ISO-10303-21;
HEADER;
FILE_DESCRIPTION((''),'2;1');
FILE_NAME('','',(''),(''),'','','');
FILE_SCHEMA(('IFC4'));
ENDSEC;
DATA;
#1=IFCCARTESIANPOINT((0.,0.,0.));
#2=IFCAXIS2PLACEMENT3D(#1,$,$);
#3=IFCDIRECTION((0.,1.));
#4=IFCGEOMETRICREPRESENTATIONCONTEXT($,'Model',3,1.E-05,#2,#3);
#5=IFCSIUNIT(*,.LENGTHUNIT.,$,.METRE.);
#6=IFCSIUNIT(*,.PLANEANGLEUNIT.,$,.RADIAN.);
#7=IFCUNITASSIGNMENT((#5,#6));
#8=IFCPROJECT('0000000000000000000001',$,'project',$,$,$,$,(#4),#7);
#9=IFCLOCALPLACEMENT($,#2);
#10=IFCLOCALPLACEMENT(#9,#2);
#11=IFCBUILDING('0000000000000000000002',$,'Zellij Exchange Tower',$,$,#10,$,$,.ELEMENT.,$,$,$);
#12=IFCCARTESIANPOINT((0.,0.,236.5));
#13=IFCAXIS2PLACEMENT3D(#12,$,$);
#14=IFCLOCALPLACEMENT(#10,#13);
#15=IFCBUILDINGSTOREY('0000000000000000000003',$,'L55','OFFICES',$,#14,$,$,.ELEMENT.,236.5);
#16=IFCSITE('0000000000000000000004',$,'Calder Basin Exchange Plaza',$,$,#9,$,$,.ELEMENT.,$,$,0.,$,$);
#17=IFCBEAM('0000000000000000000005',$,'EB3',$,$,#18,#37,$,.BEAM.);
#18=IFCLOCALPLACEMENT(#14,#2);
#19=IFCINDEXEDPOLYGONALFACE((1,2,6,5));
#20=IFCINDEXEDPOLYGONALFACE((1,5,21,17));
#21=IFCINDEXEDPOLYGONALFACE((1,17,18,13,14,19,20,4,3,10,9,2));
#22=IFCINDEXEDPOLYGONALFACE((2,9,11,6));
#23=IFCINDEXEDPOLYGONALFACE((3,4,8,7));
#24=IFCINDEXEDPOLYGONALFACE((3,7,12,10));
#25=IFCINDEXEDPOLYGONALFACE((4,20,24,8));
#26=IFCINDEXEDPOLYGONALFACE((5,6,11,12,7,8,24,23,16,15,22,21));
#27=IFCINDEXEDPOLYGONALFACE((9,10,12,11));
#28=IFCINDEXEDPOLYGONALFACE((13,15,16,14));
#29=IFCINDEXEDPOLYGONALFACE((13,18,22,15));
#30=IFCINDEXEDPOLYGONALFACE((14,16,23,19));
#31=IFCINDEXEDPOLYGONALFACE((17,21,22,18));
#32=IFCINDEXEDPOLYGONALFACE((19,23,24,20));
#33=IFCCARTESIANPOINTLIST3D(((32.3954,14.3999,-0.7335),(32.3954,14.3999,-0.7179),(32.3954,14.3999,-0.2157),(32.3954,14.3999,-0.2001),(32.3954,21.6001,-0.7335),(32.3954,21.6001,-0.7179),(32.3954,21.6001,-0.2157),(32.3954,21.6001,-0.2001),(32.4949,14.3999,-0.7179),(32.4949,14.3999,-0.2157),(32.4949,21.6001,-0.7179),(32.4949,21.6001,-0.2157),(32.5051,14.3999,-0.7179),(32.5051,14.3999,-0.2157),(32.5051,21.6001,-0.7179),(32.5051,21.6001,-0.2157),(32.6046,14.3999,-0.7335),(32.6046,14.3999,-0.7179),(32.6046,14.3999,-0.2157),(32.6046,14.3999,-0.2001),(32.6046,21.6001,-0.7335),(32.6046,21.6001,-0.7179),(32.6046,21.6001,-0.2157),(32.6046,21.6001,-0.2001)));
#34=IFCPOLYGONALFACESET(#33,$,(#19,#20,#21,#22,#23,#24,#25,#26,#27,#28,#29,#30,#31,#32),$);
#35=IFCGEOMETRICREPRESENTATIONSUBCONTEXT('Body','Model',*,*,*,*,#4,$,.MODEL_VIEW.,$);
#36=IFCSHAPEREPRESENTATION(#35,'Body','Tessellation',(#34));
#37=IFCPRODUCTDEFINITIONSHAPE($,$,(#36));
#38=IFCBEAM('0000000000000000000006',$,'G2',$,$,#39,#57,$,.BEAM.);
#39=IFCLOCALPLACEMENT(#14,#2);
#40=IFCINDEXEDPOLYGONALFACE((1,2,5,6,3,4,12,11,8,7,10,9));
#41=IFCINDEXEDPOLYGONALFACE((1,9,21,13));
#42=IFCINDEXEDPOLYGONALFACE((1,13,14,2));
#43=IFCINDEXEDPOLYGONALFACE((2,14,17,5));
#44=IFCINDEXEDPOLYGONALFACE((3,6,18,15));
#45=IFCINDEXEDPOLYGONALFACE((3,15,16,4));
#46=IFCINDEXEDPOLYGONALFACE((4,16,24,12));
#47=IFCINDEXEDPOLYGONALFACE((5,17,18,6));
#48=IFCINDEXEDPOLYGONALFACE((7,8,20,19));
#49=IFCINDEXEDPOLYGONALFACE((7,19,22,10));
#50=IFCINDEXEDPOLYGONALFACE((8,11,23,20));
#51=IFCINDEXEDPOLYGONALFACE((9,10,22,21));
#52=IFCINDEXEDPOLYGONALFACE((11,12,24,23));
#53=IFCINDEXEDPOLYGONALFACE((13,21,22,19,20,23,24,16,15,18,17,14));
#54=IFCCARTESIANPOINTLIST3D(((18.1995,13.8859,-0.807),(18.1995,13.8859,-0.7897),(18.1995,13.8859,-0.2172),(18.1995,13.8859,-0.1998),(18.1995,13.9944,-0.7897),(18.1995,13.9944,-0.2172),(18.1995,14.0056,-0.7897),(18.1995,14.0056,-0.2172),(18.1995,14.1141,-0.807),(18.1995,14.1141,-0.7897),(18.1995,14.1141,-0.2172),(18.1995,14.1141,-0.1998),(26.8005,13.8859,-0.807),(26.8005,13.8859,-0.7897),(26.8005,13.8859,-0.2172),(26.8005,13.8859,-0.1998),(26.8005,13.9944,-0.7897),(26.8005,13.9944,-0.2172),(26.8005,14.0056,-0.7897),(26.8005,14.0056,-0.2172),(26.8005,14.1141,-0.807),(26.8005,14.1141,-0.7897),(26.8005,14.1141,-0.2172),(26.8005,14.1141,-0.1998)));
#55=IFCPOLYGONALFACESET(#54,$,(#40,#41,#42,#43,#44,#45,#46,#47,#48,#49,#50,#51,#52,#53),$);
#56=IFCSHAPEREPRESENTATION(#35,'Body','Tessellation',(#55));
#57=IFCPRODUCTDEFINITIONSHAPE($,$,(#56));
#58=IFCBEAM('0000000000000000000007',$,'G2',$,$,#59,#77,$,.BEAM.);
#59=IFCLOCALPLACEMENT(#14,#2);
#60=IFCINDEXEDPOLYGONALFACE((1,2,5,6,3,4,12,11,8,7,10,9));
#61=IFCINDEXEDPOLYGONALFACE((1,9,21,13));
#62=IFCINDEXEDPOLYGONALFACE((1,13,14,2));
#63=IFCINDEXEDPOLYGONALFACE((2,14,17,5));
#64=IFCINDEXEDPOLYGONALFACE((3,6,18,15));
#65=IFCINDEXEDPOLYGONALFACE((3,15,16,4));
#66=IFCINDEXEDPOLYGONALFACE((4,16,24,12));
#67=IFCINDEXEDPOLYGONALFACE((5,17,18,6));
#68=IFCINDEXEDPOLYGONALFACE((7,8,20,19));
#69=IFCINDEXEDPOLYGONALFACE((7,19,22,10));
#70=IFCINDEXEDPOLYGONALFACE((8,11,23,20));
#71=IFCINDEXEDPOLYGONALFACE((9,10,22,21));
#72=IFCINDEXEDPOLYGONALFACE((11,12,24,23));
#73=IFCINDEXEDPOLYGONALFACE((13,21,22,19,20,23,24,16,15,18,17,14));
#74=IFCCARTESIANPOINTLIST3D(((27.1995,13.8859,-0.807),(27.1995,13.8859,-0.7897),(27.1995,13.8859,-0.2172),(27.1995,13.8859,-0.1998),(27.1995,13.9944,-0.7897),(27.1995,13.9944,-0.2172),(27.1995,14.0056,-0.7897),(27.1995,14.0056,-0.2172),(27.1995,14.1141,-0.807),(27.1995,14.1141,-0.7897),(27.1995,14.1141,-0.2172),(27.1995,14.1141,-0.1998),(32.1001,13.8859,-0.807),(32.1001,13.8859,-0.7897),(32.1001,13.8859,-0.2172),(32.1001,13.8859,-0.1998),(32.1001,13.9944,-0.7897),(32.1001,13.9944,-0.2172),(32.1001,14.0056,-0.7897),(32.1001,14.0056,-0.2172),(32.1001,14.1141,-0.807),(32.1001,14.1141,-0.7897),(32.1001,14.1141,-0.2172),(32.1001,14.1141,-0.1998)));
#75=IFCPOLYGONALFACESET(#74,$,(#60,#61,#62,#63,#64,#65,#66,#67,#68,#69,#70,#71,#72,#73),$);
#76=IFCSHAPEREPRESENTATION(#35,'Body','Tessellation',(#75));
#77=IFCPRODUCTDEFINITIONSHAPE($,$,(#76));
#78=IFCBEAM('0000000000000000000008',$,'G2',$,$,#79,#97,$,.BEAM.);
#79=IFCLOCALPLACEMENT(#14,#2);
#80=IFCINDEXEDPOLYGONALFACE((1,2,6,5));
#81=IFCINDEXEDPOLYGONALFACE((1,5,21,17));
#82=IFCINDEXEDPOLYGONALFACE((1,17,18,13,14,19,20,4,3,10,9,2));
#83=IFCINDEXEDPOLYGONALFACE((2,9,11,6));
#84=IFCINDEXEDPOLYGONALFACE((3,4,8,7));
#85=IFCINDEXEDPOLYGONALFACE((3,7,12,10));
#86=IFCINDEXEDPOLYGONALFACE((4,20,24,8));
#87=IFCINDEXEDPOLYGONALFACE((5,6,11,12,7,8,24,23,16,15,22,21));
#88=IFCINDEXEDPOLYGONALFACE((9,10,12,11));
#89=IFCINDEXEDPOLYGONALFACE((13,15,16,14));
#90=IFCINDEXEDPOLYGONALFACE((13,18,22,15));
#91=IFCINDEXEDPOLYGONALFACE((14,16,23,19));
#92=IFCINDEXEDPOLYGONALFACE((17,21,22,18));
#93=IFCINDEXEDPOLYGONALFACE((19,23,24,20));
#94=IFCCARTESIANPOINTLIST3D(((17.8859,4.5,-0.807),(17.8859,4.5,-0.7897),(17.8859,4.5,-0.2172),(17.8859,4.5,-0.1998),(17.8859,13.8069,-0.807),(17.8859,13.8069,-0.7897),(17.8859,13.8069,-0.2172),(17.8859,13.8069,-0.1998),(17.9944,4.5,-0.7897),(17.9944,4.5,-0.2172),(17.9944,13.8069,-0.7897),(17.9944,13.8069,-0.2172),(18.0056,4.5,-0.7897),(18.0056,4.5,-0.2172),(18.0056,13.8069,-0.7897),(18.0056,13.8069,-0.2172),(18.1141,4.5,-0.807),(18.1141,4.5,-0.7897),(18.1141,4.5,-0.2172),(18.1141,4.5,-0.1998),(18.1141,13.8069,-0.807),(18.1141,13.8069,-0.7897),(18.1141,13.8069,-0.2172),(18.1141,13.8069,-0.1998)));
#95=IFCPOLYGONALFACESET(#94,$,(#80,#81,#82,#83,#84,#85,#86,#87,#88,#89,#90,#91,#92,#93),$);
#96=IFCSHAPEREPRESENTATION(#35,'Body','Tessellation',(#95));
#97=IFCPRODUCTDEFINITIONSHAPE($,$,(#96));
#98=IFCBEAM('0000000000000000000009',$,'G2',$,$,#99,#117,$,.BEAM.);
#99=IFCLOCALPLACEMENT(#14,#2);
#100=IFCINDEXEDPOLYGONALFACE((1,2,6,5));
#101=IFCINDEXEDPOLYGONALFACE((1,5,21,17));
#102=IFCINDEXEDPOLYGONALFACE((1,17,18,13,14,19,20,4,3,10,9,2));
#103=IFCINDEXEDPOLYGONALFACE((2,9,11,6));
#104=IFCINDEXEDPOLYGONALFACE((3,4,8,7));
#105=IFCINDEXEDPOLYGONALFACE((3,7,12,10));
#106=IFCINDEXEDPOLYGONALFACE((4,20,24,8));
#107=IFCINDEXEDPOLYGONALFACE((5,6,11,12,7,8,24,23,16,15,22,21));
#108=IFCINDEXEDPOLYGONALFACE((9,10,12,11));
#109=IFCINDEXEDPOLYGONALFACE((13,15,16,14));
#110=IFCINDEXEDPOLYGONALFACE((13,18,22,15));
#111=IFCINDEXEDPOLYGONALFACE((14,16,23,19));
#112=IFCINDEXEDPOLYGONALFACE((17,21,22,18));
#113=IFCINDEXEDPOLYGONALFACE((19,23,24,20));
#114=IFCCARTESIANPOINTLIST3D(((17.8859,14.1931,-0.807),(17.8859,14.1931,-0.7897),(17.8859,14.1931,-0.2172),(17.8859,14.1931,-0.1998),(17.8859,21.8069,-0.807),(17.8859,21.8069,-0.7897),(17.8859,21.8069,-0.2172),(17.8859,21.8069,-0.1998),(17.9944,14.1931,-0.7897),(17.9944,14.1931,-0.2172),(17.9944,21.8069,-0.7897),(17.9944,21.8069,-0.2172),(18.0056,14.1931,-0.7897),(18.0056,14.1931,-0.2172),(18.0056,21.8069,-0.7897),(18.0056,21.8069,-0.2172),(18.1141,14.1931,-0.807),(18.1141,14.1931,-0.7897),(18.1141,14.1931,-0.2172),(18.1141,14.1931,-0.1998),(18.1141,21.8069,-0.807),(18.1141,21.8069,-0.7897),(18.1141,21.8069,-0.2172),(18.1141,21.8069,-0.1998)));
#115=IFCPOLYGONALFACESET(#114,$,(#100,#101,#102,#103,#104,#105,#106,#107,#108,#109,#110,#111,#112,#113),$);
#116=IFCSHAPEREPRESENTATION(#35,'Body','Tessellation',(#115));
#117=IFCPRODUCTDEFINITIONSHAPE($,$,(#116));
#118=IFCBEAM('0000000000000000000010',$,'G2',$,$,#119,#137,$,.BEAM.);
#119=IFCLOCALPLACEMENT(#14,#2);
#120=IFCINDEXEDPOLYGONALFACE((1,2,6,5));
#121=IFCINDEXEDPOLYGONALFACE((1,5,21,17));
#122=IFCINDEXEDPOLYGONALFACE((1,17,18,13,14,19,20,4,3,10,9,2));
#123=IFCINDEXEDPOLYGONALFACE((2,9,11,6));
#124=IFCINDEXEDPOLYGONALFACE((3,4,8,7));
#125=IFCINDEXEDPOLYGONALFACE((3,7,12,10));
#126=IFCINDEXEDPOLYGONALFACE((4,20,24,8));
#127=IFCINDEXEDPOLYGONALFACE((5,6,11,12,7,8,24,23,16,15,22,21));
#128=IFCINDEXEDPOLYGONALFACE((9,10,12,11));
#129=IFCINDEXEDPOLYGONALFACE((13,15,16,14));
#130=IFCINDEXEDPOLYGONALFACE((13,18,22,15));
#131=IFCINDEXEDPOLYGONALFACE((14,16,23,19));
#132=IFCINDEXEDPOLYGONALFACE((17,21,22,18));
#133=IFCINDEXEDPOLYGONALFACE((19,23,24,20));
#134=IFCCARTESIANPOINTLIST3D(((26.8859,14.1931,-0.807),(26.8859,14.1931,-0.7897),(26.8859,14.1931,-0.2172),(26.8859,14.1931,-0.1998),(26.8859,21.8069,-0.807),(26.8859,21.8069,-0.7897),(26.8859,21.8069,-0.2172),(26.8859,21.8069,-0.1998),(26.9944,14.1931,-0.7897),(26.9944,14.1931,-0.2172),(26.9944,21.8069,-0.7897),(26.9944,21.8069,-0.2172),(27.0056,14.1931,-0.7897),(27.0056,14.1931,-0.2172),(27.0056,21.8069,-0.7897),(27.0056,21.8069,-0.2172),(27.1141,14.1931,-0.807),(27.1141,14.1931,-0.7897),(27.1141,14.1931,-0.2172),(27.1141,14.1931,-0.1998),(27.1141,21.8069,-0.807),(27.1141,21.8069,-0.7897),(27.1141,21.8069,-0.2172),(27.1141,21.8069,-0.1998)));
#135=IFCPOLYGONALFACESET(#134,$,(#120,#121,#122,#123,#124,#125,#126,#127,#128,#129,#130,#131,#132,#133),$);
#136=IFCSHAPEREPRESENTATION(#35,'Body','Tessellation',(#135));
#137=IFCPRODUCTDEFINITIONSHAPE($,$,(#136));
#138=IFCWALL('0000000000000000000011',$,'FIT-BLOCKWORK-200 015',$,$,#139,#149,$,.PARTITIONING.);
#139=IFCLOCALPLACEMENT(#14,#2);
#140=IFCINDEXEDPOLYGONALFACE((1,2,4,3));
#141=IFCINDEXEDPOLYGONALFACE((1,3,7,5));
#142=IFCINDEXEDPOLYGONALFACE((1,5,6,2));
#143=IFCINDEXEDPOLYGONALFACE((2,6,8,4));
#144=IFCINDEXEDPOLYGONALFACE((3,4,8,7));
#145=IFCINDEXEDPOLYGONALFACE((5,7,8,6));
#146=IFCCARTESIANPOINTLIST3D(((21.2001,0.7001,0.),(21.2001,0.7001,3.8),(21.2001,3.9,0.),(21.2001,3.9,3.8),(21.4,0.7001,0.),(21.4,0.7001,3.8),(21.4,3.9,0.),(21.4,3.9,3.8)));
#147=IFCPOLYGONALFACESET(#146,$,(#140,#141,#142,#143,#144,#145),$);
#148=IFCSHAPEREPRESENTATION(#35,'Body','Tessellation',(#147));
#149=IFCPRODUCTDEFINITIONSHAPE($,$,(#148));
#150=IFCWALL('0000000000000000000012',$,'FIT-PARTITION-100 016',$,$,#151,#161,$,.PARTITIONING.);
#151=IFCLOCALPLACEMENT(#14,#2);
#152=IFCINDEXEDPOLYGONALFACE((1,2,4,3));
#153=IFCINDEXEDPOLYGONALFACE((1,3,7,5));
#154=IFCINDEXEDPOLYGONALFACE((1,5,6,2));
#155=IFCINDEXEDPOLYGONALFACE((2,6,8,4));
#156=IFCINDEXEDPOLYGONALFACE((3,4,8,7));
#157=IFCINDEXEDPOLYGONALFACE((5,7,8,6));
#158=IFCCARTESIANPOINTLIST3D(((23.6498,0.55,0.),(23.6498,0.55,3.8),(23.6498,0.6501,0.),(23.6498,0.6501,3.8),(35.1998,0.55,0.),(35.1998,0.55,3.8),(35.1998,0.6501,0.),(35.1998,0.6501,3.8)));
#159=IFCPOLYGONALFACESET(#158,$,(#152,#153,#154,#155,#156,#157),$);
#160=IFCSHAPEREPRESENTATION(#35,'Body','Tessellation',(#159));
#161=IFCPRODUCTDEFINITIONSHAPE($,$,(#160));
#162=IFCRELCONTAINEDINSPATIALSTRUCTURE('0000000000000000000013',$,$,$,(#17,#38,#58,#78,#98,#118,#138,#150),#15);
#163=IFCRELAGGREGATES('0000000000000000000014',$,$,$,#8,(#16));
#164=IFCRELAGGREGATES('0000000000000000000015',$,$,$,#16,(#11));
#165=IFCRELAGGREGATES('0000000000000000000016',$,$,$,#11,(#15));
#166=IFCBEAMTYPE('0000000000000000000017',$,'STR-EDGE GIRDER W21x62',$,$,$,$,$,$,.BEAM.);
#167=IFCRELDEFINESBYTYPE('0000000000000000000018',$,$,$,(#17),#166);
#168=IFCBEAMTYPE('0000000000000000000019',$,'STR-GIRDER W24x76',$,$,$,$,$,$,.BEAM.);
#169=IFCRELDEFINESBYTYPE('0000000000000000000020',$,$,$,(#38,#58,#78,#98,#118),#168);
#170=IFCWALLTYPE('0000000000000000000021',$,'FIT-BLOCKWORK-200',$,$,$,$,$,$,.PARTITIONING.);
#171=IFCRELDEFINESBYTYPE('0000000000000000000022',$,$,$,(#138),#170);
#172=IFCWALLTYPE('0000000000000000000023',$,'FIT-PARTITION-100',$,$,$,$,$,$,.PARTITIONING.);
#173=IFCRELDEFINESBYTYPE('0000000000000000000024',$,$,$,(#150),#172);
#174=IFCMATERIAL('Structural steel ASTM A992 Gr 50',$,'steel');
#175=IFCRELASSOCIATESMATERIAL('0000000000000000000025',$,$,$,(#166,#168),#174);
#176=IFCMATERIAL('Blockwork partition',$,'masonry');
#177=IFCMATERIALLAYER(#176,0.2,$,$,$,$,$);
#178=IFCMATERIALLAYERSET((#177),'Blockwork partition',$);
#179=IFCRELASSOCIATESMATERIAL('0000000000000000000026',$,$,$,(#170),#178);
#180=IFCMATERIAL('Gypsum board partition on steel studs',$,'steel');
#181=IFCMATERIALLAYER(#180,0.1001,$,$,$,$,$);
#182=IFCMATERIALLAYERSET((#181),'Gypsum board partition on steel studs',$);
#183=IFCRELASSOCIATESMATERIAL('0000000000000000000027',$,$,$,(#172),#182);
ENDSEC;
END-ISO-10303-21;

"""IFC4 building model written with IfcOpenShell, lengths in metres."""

from ifc_helpers import new_model, si_unit, direction, frame, frame_2d, origin, origin_2d, place, context, subcontext, project, spatial, rectangle, i_section, extrude, material, layer, layer_set, material_profile, profile_set, type_object, element, save


model = new_model("IFC4")

# Units and contexts
model_context = context("Model", 3, precision=1e-05, world=origin(), true_north=direction((0.0, 1.0)))
body_context = subcontext(model_context, "Body", "Model", "MODEL_VIEW")
ifc_project = project(units=[si_unit("LENGTHUNIT", "METRE"), si_unit("PLANEANGLEUNIT", "RADIAN")], contexts=[model_context])

# Site, building, storey
site_placement = place(None, origin())
site = spatial("IfcSite", under=ifc_project, at=site_placement, Name="Calder Basin Exchange Plaza", CompositionType="ELEMENT", RefElevation=0.0)
building_placement = place(site_placement, origin())
building = spatial("IfcBuilding", under=site, at=building_placement, Name="Zellij Exchange Tower", CompositionType="ELEMENT")
storey_placement = place(building_placement, frame((0.0, 0.0, 236.5)))
storey = spatial("IfcBuildingStorey", under=building, at=storey_placement, Name="L55", Description="OFFICES", CompositionType="ELEMENT", Elevation=236.5)

# Shared definitions
ifc_material_1 = material(Name="Structural steel ASTM A992 Gr 50", Category="steel")

# Beams
ifc_material_profile_1 = material_profile(ifc_material_1, i_section(OverallWidth=0.2092, OverallDepth=0.5334, WebThickness=0.0103, FlangeThickness=0.0156, at=origin_2d()), Name="W21x62")
ifc_profile_set_1 = profile_set([ifc_material_profile_1], Name="Structural steel ASTM A992 Gr 50")
beam_type_1 = type_object("IfcBeamType", Name="STR-EDGE GIRDER W21x62", PredefinedType="BEAM", material=ifc_profile_set_1)
beam_1_placement = place(storey_placement, frame((32.5, 14.3999, -0.4668), z_axis=(0.0, 1.0, 0.0), x_axis=(-1.0, 0.0, 0.0)))
element("IfcBeam", 1, at=beam_1_placement, inside=storey, type_object=beam_type_1, Name="EB3", PredefinedType="BEAM", context=body_context, shape_type="SweptSolid", body=[
    extrude(i_section(OverallWidth=0.2092, OverallDepth=0.5334, WebThickness=0.0103, FlangeThickness=0.0156, at=origin_2d()), origin(), (0.0, 0.0, 1.0), 7.2002),
])
ifc_material_profile_2 = material_profile(ifc_material_1, i_section(OverallWidth=0.2283, OverallDepth=0.6072, WebThickness=0.0112, FlangeThickness=0.0173, at=origin_2d()), Name="W24x76")
ifc_profile_set_2 = profile_set([ifc_material_profile_2], Name="Structural steel ASTM A992 Gr 50")
beam_type_2 = type_object("IfcBeamType", Name="STR-GIRDER W24x76", PredefinedType="BEAM", material=ifc_profile_set_2)
beam_2_placement = place(storey_placement, frame((18.1995, 14.0, -0.5034), z_axis=(1.0, 0.0, 0.0), x_axis=(0.0, 1.0, 0.0)))
element("IfcBeam", 2, at=beam_2_placement, inside=storey, type_object=beam_type_2, Name="G2", PredefinedType="BEAM", context=body_context, shape_type="SweptSolid", body=[
    extrude(i_section(OverallWidth=0.2283, OverallDepth=0.6072, WebThickness=0.0112, FlangeThickness=0.0173, at=origin_2d()), origin(), (0.0, 0.0, 1.0), 8.6011),
])
beam_3_placement = place(storey_placement, frame((27.1995, 14.0, -0.5034), z_axis=(1.0, 0.0, 0.0), x_axis=(0.0, 1.0, 0.0)))
element("IfcBeam", 3, at=beam_3_placement, inside=storey, type_object=beam_type_2, Name="G2", PredefinedType="BEAM", context=body_context, shape_type="SweptSolid", body=[
    extrude(i_section(OverallWidth=0.2283, OverallDepth=0.6072, WebThickness=0.0112, FlangeThickness=0.0173, at=origin_2d()), origin(), (0.0, 0.0, 1.0), 4.9006),
])
beam_4_placement = place(storey_placement, frame((18.0, 4.5, -0.5034), z_axis=(0.0, 1.0, 0.0), x_axis=(-1.0, 0.0, 0.0)))
element("IfcBeam", 4, at=beam_4_placement, inside=storey, type_object=beam_type_2, Name="G2", PredefinedType="BEAM", context=body_context, shape_type="SweptSolid", body=[
    extrude(i_section(OverallWidth=0.2283, OverallDepth=0.6072, WebThickness=0.0112, FlangeThickness=0.0173, at=origin_2d()), origin(), (0.0, 0.0, 1.0), 9.3069),
])
for number, where, z_axis, x_axis, name in (
    (5, (18.0, 14.1931, -0.5034), (0.0, 1.0, 0.0), (-1.0, 0.0, 0.0), "G2"),
    (6, (27.0, 14.1931, -0.5034), (0.0, 1.0, 0.0), (-1.0, 0.0, 0.0), "G2"),
):
    element("IfcBeam", number, at=place(storey_placement, frame(where, z_axis=z_axis, x_axis=x_axis)), inside=storey, type_object=beam_type_2, Name=name, PredefinedType="BEAM", context=body_context, shape_type="SweptSolid", body=[
        extrude(i_section(OverallWidth=0.2283, OverallDepth=0.6072, WebThickness=0.0112, FlangeThickness=0.0173, at=origin_2d()), origin(), (0.0, 0.0, 1.0), 7.6138),
    ])

# Walls
ifc_material_2 = material(Name="Blockwork partition", Category="masonry")
ifc_layer_1 = layer(ifc_material_2, 0.2)
ifc_layer_set_1 = layer_set([ifc_layer_1], Name="Blockwork partition")
wall_type_1 = type_object("IfcWallType", Name="FIT-BLOCKWORK-200", PredefinedType="PARTITIONING", material=ifc_layer_set_1)
wall_1_placement = place(storey_placement, frame((21.3, 0.7, 0.0), z_axis=(0.0, 0.0, 1.0), x_axis=(0.0, 1.0, 0.0)))
element("IfcWall", 7, at=wall_1_placement, inside=storey, type_object=wall_type_1, Name="FIT-BLOCKWORK-200 015", PredefinedType="PARTITIONING", context=body_context, shape_type="SweptSolid", body=[
    extrude(rectangle(XDim=3.2, YDim=0.2, at=frame_2d((1.6001, 0.0))), origin(), (0.0, 0.0, 1.0), 3.8),
])
ifc_material_3 = material(Name="Gypsum board partition on steel studs", Category="steel")
ifc_layer_2 = layer(ifc_material_3, 0.1001)
ifc_layer_set_2 = layer_set([ifc_layer_2], Name="Gypsum board partition on steel studs")
wall_type_2 = type_object("IfcWallType", Name="FIT-PARTITION-100", PredefinedType="PARTITIONING", material=ifc_layer_set_2)
wall_2_placement = place(storey_placement, frame((23.6499, 0.6001, 0.0), z_axis=(0.0, 0.0, 1.0), x_axis=(1.0, 0.0, 0.0)))
element("IfcWall", 8, at=wall_2_placement, inside=storey, type_object=wall_type_2, Name="FIT-PARTITION-100 016", PredefinedType="PARTITIONING", context=body_context, shape_type="SweptSolid", body=[
    extrude(rectangle(XDim=11.55, YDim=0.1001, at=frame_2d((5.7749, 0.0))), origin(), (0.0, 0.0, 1.0), 3.8),
])

save(model, "model.ifc")
